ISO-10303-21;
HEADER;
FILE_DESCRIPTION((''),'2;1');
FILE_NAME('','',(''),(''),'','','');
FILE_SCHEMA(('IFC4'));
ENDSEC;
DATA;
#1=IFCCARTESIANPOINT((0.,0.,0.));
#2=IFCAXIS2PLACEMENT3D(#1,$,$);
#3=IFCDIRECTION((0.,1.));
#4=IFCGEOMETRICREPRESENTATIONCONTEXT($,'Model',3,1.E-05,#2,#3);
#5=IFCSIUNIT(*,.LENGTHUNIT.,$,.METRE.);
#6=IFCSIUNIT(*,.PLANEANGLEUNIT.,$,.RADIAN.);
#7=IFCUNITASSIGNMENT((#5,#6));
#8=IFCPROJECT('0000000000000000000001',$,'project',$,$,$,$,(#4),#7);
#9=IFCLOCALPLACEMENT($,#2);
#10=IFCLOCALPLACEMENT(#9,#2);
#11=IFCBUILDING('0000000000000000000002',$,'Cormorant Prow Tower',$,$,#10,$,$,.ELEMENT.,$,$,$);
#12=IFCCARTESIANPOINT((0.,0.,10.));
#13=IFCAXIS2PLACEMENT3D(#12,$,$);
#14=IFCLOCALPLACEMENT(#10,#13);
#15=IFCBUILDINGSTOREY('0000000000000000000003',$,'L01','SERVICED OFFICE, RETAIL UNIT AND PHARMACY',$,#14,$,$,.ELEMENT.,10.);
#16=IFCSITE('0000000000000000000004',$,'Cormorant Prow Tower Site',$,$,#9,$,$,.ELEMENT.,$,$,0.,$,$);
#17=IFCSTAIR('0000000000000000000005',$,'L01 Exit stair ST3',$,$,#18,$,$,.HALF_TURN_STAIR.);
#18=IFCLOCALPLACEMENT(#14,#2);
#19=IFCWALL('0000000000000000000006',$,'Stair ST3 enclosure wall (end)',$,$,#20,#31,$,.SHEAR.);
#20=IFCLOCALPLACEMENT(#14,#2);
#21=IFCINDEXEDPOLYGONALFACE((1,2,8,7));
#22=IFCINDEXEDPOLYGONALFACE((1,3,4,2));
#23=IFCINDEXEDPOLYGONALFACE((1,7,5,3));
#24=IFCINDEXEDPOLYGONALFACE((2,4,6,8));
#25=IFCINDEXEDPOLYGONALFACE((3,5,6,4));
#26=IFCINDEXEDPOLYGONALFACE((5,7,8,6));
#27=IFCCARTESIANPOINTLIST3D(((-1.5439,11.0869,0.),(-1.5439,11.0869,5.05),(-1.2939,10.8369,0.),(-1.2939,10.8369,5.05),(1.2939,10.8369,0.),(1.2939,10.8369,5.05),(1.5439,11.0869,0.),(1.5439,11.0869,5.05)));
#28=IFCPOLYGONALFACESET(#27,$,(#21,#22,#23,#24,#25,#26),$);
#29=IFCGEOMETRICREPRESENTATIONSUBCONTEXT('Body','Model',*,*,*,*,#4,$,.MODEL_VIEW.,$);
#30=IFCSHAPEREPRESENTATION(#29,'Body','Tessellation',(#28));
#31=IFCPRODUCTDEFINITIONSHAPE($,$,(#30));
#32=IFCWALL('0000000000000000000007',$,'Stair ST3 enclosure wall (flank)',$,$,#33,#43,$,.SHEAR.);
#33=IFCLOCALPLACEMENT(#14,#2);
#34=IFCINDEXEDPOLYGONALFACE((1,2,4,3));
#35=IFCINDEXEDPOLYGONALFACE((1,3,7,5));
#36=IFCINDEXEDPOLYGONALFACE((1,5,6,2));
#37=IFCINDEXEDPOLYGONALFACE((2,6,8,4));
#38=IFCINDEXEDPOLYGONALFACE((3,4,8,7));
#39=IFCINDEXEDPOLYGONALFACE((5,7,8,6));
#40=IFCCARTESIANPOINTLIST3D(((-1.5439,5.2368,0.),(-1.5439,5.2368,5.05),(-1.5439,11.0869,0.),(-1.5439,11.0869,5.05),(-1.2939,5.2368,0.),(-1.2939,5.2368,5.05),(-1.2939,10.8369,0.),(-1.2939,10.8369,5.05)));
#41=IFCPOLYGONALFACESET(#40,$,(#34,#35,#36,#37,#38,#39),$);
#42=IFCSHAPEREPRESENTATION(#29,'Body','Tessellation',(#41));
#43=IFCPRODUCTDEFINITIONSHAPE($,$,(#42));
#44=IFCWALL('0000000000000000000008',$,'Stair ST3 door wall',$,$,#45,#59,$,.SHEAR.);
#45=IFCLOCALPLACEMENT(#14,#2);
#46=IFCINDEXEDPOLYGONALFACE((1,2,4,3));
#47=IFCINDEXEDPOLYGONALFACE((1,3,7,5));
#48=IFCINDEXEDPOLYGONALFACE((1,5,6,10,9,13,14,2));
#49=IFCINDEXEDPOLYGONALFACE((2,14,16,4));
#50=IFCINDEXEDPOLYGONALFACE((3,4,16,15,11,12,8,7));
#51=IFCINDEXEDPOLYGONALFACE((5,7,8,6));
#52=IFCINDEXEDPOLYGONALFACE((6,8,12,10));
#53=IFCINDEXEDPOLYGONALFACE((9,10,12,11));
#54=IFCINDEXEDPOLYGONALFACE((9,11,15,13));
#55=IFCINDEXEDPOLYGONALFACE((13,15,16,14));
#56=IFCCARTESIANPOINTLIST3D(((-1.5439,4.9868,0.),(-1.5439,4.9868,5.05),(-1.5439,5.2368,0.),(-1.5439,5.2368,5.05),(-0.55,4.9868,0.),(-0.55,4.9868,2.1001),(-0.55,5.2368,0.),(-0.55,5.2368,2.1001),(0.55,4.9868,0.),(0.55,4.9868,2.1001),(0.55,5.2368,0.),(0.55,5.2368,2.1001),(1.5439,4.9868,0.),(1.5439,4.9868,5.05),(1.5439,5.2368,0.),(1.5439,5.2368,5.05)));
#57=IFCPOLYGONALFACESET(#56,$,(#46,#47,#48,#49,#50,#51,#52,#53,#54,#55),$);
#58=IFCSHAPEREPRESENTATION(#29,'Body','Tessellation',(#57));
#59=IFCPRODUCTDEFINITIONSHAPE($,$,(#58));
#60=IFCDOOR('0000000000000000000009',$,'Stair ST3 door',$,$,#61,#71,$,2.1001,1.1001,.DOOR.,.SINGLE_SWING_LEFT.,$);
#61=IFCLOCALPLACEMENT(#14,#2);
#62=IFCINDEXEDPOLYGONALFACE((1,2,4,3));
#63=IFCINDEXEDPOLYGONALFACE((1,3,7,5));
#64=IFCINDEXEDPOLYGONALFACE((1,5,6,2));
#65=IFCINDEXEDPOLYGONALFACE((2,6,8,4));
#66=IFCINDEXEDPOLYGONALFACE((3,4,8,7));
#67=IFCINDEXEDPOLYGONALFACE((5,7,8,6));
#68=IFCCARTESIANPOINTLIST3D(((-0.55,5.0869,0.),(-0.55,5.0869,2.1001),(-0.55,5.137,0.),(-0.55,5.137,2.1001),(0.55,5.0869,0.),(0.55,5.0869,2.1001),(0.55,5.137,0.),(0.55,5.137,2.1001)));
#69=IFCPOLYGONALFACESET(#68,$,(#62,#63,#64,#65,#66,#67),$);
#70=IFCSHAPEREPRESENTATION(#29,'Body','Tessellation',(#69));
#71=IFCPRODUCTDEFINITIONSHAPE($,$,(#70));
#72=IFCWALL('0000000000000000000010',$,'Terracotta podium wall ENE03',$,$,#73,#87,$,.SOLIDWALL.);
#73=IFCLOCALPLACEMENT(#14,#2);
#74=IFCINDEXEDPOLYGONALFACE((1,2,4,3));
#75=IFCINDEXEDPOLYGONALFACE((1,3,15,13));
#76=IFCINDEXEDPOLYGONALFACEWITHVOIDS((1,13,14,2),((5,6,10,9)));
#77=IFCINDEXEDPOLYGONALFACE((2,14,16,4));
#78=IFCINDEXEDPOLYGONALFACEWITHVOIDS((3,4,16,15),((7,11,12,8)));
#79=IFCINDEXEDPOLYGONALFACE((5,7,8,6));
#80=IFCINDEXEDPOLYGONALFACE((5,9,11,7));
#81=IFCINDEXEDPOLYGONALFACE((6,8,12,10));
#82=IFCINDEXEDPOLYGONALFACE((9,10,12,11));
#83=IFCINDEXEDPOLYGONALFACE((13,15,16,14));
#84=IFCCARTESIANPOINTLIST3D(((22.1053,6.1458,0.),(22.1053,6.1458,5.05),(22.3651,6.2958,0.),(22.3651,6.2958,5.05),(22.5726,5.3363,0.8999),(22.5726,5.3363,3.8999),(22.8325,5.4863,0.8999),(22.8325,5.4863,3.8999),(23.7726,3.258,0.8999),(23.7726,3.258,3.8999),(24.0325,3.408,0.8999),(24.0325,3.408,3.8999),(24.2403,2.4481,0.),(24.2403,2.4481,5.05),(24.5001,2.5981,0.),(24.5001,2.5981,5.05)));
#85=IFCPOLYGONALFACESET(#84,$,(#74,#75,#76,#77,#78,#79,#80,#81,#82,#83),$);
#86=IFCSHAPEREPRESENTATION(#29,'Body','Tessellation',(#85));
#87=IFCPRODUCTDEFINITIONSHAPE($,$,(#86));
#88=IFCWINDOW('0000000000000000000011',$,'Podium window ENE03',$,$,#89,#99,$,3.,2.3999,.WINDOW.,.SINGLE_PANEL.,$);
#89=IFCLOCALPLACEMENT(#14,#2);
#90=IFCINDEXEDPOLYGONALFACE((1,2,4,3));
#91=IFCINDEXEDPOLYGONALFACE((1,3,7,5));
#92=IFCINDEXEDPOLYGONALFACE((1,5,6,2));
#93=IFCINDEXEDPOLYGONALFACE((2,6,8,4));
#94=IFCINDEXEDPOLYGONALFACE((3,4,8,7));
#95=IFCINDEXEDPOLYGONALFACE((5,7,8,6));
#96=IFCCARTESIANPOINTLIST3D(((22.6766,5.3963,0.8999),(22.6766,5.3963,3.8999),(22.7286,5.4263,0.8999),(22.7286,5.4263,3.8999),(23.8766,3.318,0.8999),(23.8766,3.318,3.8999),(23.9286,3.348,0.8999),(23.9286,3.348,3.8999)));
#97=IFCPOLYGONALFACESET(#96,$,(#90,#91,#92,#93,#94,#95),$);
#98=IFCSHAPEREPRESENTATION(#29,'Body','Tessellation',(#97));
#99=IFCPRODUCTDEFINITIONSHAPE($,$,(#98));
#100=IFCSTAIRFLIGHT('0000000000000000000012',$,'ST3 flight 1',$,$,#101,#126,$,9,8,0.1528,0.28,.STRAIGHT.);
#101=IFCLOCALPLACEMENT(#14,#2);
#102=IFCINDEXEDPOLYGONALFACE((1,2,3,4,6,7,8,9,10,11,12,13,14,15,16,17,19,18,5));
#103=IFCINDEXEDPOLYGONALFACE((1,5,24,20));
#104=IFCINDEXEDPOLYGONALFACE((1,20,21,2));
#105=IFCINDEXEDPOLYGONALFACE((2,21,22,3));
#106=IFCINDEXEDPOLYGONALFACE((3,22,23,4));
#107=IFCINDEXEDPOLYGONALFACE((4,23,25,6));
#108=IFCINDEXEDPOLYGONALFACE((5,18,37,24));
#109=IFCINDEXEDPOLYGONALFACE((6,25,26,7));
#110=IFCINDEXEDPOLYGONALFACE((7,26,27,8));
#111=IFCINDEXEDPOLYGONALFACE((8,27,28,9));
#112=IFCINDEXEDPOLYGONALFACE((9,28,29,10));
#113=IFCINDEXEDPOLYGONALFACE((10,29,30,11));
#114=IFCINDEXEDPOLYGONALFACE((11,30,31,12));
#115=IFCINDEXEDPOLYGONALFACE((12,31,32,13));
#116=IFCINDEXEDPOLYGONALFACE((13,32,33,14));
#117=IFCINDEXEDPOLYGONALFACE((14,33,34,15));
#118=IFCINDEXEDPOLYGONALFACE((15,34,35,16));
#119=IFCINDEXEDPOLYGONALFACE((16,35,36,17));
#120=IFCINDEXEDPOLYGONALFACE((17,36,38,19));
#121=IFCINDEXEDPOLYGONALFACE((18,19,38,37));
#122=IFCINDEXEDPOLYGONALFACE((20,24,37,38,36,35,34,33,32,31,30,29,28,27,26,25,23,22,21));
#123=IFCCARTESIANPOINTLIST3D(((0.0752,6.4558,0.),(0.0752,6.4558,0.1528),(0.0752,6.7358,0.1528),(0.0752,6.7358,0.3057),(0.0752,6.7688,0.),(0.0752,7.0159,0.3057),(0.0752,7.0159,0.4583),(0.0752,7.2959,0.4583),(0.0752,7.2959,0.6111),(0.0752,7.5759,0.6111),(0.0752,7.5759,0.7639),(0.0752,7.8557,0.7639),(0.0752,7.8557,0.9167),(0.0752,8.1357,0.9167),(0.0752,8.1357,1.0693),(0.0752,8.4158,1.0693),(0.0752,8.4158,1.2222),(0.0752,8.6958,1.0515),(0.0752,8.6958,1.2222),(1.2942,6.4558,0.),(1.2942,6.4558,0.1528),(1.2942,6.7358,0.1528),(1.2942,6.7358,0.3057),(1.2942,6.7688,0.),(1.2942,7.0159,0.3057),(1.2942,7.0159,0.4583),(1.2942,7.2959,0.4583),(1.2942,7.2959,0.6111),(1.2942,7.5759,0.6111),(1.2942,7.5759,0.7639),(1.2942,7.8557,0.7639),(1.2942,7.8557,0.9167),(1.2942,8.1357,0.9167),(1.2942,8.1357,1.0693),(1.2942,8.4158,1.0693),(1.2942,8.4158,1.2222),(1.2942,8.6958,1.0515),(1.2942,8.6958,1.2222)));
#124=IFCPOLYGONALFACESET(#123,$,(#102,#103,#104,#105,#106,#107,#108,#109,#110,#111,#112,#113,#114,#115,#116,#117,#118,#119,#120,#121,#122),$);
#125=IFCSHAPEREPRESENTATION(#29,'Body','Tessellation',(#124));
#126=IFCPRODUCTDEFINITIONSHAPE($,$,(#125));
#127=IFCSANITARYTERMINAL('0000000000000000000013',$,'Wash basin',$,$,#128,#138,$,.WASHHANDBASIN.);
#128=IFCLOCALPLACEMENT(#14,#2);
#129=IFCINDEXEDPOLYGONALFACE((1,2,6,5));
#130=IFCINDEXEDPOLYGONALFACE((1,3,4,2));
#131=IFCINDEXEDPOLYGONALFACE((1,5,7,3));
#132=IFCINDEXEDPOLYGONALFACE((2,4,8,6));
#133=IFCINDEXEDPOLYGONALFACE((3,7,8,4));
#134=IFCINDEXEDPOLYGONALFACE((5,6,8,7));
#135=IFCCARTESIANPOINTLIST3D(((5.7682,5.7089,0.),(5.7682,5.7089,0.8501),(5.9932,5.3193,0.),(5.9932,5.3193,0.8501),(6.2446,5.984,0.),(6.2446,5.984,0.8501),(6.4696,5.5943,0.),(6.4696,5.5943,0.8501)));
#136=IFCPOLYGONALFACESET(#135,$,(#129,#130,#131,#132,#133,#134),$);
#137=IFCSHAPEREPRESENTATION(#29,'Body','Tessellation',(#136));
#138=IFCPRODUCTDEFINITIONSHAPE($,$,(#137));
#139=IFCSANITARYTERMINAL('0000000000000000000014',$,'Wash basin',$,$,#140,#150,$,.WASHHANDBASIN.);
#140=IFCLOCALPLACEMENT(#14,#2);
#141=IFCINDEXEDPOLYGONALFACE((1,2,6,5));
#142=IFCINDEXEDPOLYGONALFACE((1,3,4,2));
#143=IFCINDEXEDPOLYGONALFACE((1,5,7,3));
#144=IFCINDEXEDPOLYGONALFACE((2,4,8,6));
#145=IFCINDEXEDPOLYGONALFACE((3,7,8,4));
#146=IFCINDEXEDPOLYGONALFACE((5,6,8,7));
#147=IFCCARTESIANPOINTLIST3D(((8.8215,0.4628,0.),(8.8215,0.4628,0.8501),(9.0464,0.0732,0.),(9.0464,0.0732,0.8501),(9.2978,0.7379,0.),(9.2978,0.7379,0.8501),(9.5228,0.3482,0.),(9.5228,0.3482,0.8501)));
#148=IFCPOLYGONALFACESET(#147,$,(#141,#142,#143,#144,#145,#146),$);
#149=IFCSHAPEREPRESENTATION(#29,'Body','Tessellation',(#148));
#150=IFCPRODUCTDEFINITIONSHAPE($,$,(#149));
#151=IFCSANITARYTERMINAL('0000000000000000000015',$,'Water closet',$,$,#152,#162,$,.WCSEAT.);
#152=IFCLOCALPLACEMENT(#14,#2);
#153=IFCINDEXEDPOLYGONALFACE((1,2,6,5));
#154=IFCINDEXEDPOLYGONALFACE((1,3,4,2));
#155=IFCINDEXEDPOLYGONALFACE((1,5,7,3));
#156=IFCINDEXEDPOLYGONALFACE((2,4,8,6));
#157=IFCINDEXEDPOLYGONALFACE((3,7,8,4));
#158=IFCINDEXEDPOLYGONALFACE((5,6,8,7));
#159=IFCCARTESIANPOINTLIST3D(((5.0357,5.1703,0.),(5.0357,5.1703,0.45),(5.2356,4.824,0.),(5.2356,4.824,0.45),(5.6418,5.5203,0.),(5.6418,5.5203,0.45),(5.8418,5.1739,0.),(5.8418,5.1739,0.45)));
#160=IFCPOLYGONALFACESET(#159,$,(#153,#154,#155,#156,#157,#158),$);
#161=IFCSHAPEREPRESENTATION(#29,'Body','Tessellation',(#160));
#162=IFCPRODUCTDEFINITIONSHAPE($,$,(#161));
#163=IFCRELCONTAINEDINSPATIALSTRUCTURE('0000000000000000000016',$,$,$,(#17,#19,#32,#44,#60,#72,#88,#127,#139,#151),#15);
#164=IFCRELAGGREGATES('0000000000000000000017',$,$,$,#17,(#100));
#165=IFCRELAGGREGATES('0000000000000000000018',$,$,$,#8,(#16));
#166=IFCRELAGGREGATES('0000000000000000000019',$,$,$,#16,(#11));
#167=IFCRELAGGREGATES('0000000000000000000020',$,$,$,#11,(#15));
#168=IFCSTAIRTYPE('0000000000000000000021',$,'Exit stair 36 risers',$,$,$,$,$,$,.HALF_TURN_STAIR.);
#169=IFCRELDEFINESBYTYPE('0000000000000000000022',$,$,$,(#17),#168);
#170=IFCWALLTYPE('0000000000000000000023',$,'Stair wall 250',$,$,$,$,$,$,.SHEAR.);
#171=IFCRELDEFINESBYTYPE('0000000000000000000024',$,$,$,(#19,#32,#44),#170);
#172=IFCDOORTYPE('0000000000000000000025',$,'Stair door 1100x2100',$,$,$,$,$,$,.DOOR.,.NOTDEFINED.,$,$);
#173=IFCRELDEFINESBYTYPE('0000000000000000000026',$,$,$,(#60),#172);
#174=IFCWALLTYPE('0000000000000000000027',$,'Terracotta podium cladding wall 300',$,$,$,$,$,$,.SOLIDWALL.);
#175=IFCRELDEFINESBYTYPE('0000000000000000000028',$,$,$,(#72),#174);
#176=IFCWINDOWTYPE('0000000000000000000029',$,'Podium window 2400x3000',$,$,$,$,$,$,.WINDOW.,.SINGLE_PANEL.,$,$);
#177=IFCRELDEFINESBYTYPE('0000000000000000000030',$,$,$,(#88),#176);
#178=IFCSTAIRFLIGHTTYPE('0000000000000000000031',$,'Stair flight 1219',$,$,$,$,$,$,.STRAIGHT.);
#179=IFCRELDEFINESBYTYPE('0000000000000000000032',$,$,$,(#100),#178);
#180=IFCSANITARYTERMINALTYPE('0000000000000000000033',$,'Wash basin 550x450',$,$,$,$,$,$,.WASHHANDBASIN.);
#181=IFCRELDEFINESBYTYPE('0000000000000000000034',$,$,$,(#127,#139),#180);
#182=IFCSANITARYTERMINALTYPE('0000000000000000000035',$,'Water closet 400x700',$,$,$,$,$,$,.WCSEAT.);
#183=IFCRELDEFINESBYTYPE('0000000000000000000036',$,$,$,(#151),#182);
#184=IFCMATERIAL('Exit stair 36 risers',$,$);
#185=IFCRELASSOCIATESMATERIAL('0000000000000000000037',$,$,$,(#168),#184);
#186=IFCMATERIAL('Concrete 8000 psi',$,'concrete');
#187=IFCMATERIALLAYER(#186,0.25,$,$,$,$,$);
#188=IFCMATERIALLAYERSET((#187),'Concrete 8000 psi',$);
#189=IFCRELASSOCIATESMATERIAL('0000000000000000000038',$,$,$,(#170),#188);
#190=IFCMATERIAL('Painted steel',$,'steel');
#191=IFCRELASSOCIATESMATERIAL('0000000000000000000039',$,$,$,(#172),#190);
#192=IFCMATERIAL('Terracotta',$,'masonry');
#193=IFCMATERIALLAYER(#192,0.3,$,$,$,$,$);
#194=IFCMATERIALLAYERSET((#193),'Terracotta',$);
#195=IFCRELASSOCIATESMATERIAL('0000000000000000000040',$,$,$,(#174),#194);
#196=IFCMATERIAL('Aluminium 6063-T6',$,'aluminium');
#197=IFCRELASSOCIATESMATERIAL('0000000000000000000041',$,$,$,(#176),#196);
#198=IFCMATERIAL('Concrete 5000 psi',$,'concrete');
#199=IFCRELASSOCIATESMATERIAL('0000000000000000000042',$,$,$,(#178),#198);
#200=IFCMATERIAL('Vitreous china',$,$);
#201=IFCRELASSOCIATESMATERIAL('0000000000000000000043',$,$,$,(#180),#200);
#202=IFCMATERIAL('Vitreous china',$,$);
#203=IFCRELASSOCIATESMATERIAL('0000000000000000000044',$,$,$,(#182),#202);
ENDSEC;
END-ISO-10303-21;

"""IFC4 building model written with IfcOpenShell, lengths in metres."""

from ifc_helpers import new_model, si_unit, direction, frame, frame_2d, origin, origin_2d, place, context, subcontext, project, spatial, polyline, rectangle, outline, extrude, material, layer, layer_set, type_object, element, fill, aggregate, save


model = new_model("IFC4")

# Units and contexts
model_context = context("Model", 3, precision=1e-05, world=origin(), true_north=direction((0.0, 1.0)))
body_context = subcontext(model_context, "Body", "Model", "MODEL_VIEW")
ifc_project = project(units=[si_unit("LENGTHUNIT", "METRE"), si_unit("PLANEANGLEUNIT", "RADIAN")], contexts=[model_context])

# Site, building, storey
site_placement = place(None, origin())
site = spatial("IfcSite", under=ifc_project, at=site_placement, Name="Cormorant Prow Tower Site", CompositionType="ELEMENT", RefElevation=0.0)
building_placement = place(site_placement, origin())
building = spatial("IfcBuilding", under=site, at=building_placement, Name="Cormorant Prow Tower", CompositionType="ELEMENT")
storey_placement = place(building_placement, frame((0.0, 0.0, 10.0)))
storey = spatial("IfcBuildingStorey", under=building, at=storey_placement, Name="L01", Description="SERVICED OFFICE, RETAIL UNIT AND PHARMACY", CompositionType="ELEMENT", Elevation=10.0)

# Stair
ifc_material_1 = material(Name="Exit stair 36 risers")
stair_type = type_object("IfcStairType", Name="Exit stair 36 risers", PredefinedType="HALF_TURN_STAIR", material=ifc_material_1)
stair_1_placement = place(storey_placement, origin())
stair_1 = element("IfcStair", 1, at=stair_1_placement, inside=storey, type_object=stair_type, Name="L01 Exit stair ST3", PredefinedType="HALF_TURN_STAIR")

# Walls
ifc_material_2 = material(Name="Concrete 8000 psi", Category="concrete")
ifc_layer_1 = layer(ifc_material_2, 0.25)
ifc_layer_set_1 = layer_set([ifc_layer_1], Name="Concrete 8000 psi")
wall_type_1 = type_object("IfcWallType", Name="Stair wall 250", PredefinedType="SHEAR", material=ifc_layer_set_1)
wall_1_placement = place(storey_placement, origin())
element("IfcWall", 2, at=wall_1_placement, inside=storey, type_object=wall_type_1, Name="Stair ST3 enclosure wall (end)", PredefinedType="SHEAR", context=body_context, shape_type="SweptSolid", body=[
    extrude(outline(polyline([(1.5439, 11.0869), (-1.5439, 11.0869), (-1.2939, 10.8369), (1.2939, 10.8369), (1.5439, 11.0869)])), origin(), (0.0, 0.0, 1.0), 5.05),
])
wall_2_placement = place(storey_placement, origin())
element("IfcWall", 3, at=wall_2_placement, inside=storey, type_object=wall_type_1, Name="Stair ST3 enclosure wall (flank)", PredefinedType="SHEAR", context=body_context, shape_type="SweptSolid", body=[
    extrude(outline(polyline([(-1.2939, 10.8369), (-1.5439, 11.0869), (-1.5439, 5.2368), (-1.2939, 5.2368), (-1.2939, 10.8369)])), origin(), (0.0, 0.0, 1.0), 5.05),
])

# Wall, opening, door
wall_3_placement = place(storey_placement, frame((1.5439, 5.1118, 0.0), z_axis=(0.0, 0.0, 1.0), x_axis=(-1.0, 0.0, 0.0)))
wall_3 = element("IfcWall", 4, at=wall_3_placement, inside=storey, type_object=wall_type_1, Name="Stair ST3 door wall", PredefinedType="SHEAR", context=body_context, shape_type="SweptSolid", body=[
    extrude(rectangle(XDim=3.0879, YDim=0.25, at=frame_2d((1.5439, 0.0))), origin(), (0.0, 0.0, 1.0), 5.05),
])
opening_1_placement = place(wall_3_placement, frame((0.9939, 0.0, 0.0)))
opening_1 = element("IfcOpeningElement", 5, at=opening_1_placement, cuts=wall_3, PredefinedType="OPENING", context=body_context, shape_type="SweptSolid", body=[
    extrude(rectangle(XDim=1.1001, YDim=2.1001, at=frame_2d((0.55, 1.05))), frame((0.0, 0.135, 0.0), z_axis=(0.0, -1.0, 0.0), x_axis=(1.0, 0.0, 0.0)), (0.0, 0.0, 1.0), 0.27),
])
ifc_material_3 = material(Name="Painted steel", Category="steel")
door_type_1 = type_object("IfcDoorType", Name="Stair door 1100x2100", OperationType="NOTDEFINED", PredefinedType="DOOR", material=ifc_material_3)
door_1_placement = place(opening_1_placement, origin())
door_1 = element("IfcDoor", 6, at=door_1_placement, inside=storey, type_object=door_type_1, Name="Stair ST3 door", OperationType="SINGLE_SWING_LEFT", OverallHeight=2.1001, OverallWidth=1.1001, PredefinedType="DOOR", context=body_context, shape_type="SweptSolid", body=[
    extrude(rectangle(XDim=1.1001, YDim=2.1001, at=frame_2d((0.55, 1.05))), frame((0.0, 0.0249, 0.0), z_axis=(0.0, -1.0, 0.0), x_axis=(1.0, 0.0, 0.0)), (0.0, 0.0, 1.0), 0.05),
])
fill(opening_1, door_1)

# Wall, opening, window
ifc_material_4 = material(Name="Terracotta", Category="masonry")
ifc_layer_2 = layer(ifc_material_4, 0.3)
ifc_layer_set_2 = layer_set([ifc_layer_2], Name="Terracotta")
wall_type_2 = type_object("IfcWallType", Name="Terracotta podium cladding wall 300", PredefinedType="SOLIDWALL", material=ifc_layer_set_2)
wall_4_placement = place(storey_placement, frame((24.3701, 2.5232, 0.0), z_axis=(0.0, 0.0, 1.0), x_axis=(-0.500019, 0.866014, 0.0)))
wall_4 = element("IfcWall", 7, at=wall_4_placement, inside=storey, type_object=wall_type_2, Name="Terracotta podium wall ENE03", PredefinedType="SOLIDWALL", context=body_context, shape_type="SweptSolid", body=[
    extrude(rectangle(XDim=4.2698, YDim=0.3, at=frame_2d((2.1348, 0.0))), origin(), (0.0, 0.0, 1.0), 5.05),
])
opening_2_placement = place(wall_4_placement, frame((0.9351, 0.0, 0.8999)))
opening_2 = element("IfcOpeningElement", 8, at=opening_2_placement, cuts=wall_4, PredefinedType="OPENING", context=body_context, shape_type="SweptSolid", body=[
    extrude(rectangle(XDim=2.3999, YDim=3.0, at=frame_2d((1.2, 1.5))), frame((0.0, 0.1599, 0.0), z_axis=(0.0, -1.0, 0.0), x_axis=(1.0, 0.0, 0.0)), (0.0, 0.0, 1.0), 0.3201),
])
ifc_material_5 = material(Name="Aluminium 6063-T6", Category="aluminium")
window_type = type_object("IfcWindowType", Name="Podium window 2400x3000", PartitioningType="SINGLE_PANEL", PredefinedType="WINDOW", material=ifc_material_5)
window_placement = place(opening_2_placement, origin())
window = element("IfcWindow", 9, at=window_placement, inside=storey, type_object=window_type, Name="Podium window ENE03", OverallHeight=3.0, OverallWidth=2.3999, PartitioningType="SINGLE_PANEL", PredefinedType="WINDOW", context=body_context, shape_type="SweptSolid", body=[
    extrude(rectangle(XDim=2.3999, YDim=3.0, at=frame_2d((1.2, 1.5))), frame((0.0, 0.03, 0.0), z_axis=(0.0, -1.0, 0.0), x_axis=(1.0, 0.0, 0.0)), (0.0, 0.0, 1.0), 0.0601),
])
fill(opening_2, window)

# Stair flight
ifc_material_6 = material(Name="Concrete 5000 psi", Category="concrete")
stair_flight_type = type_object("IfcStairFlightType", Name="Stair flight 1219", PredefinedType="STRAIGHT", material=ifc_material_6)
stair_flight_placement = place(storey_placement, frame((0.6846, 6.4558, 0.0), z_axis=(0.0, 0.0, 1.0), x_axis=(0.0, 1.0, 0.0)))
stair_flight = element("IfcStairFlight", 10, at=stair_flight_placement, type_object=stair_flight_type, Name="ST3 flight 1", NumberOfRisers=9, NumberOfTreads=8, PredefinedType="STRAIGHT", RiserHeight=0.1528, TreadLength=0.28, context=body_context, shape_type="SweptSolid", body=[
    extrude(outline(polyline([(0.0, 0.0), (0.0, 0.1528), (0.28, 0.1528), (0.28, 0.3057), (0.5601, 0.3057), (0.5601, 0.4583), (0.8401, 0.4583), (0.8401, 0.6111), (1.1201, 0.6111), (1.1201, 0.7639), (1.3999, 0.7639), (1.3999, 0.9167), (1.6799, 0.9167), (1.6799, 1.0693), (1.96, 1.0693), (1.96, 1.2222), (2.24, 1.2222), (2.24, 1.375), (2.24, 1.0515), (0.313, 0.0), (0.0, 0.0)])), frame((0.0, 0.6094, 0.0), z_axis=(0.0, -1.0, 0.0), x_axis=(1.0, 0.0, 0.0)), (0.0, 0.0, 1.0), 1.219),
])
aggregate(stair_1, [stair_flight])

# Sanitary terminals
ifc_material_7 = material(Name="Vitreous china")
sanitary_terminal_type_1 = type_object("IfcSanitaryTerminalType", Name="Wash basin 550x450", PredefinedType="WASHHANDBASIN", material=ifc_material_7)
for number, where, z_axis, x_axis, name in (
    (11, (6.1189, 5.6516, 0.0), (0.0, 0.0, 1.0), (-0.866043, -0.49997, 0.0), "Wash basin"),
    (12, (9.1721, 0.4055, 0.0), (0.0, 0.0, 1.0), (0.866017, 0.500015, 0.0), "Wash basin"),
):
    element("IfcSanitaryTerminal", number, at=place(storey_placement, frame(where, z_axis=z_axis, x_axis=x_axis)), inside=storey, type_object=sanitary_terminal_type_1, Name=name, PredefinedType="WASHHANDBASIN", context=body_context, shape_type="SweptSolid", body=[
        extrude(rectangle(XDim=0.55, YDim=0.45, at=origin_2d()), origin(), (0.0, 0.0, 1.0), 0.8501),
    ])
ifc_material_8 = material(Name="Vitreous china")
sanitary_terminal_type_2 = type_object("IfcSanitaryTerminalType", Name="Water closet 400x700", PredefinedType="WCSEAT", material=ifc_material_8)
sanitary_terminal_placement = place(storey_placement, frame((5.4387, 5.1721, 0.0), z_axis=(0.0, 0.0, 1.0), x_axis=(0.5, -0.866025, 0.0)))
element("IfcSanitaryTerminal", 13, at=sanitary_terminal_placement, inside=storey, type_object=sanitary_terminal_type_2, Name="Water closet", PredefinedType="WCSEAT", context=body_context, shape_type="SweptSolid", body=[
    extrude(rectangle(XDim=0.3999, YDim=0.7, at=origin_2d()), origin(), (0.0, 0.0, 1.0), 0.45),
])

save(model, "model.ifc")
